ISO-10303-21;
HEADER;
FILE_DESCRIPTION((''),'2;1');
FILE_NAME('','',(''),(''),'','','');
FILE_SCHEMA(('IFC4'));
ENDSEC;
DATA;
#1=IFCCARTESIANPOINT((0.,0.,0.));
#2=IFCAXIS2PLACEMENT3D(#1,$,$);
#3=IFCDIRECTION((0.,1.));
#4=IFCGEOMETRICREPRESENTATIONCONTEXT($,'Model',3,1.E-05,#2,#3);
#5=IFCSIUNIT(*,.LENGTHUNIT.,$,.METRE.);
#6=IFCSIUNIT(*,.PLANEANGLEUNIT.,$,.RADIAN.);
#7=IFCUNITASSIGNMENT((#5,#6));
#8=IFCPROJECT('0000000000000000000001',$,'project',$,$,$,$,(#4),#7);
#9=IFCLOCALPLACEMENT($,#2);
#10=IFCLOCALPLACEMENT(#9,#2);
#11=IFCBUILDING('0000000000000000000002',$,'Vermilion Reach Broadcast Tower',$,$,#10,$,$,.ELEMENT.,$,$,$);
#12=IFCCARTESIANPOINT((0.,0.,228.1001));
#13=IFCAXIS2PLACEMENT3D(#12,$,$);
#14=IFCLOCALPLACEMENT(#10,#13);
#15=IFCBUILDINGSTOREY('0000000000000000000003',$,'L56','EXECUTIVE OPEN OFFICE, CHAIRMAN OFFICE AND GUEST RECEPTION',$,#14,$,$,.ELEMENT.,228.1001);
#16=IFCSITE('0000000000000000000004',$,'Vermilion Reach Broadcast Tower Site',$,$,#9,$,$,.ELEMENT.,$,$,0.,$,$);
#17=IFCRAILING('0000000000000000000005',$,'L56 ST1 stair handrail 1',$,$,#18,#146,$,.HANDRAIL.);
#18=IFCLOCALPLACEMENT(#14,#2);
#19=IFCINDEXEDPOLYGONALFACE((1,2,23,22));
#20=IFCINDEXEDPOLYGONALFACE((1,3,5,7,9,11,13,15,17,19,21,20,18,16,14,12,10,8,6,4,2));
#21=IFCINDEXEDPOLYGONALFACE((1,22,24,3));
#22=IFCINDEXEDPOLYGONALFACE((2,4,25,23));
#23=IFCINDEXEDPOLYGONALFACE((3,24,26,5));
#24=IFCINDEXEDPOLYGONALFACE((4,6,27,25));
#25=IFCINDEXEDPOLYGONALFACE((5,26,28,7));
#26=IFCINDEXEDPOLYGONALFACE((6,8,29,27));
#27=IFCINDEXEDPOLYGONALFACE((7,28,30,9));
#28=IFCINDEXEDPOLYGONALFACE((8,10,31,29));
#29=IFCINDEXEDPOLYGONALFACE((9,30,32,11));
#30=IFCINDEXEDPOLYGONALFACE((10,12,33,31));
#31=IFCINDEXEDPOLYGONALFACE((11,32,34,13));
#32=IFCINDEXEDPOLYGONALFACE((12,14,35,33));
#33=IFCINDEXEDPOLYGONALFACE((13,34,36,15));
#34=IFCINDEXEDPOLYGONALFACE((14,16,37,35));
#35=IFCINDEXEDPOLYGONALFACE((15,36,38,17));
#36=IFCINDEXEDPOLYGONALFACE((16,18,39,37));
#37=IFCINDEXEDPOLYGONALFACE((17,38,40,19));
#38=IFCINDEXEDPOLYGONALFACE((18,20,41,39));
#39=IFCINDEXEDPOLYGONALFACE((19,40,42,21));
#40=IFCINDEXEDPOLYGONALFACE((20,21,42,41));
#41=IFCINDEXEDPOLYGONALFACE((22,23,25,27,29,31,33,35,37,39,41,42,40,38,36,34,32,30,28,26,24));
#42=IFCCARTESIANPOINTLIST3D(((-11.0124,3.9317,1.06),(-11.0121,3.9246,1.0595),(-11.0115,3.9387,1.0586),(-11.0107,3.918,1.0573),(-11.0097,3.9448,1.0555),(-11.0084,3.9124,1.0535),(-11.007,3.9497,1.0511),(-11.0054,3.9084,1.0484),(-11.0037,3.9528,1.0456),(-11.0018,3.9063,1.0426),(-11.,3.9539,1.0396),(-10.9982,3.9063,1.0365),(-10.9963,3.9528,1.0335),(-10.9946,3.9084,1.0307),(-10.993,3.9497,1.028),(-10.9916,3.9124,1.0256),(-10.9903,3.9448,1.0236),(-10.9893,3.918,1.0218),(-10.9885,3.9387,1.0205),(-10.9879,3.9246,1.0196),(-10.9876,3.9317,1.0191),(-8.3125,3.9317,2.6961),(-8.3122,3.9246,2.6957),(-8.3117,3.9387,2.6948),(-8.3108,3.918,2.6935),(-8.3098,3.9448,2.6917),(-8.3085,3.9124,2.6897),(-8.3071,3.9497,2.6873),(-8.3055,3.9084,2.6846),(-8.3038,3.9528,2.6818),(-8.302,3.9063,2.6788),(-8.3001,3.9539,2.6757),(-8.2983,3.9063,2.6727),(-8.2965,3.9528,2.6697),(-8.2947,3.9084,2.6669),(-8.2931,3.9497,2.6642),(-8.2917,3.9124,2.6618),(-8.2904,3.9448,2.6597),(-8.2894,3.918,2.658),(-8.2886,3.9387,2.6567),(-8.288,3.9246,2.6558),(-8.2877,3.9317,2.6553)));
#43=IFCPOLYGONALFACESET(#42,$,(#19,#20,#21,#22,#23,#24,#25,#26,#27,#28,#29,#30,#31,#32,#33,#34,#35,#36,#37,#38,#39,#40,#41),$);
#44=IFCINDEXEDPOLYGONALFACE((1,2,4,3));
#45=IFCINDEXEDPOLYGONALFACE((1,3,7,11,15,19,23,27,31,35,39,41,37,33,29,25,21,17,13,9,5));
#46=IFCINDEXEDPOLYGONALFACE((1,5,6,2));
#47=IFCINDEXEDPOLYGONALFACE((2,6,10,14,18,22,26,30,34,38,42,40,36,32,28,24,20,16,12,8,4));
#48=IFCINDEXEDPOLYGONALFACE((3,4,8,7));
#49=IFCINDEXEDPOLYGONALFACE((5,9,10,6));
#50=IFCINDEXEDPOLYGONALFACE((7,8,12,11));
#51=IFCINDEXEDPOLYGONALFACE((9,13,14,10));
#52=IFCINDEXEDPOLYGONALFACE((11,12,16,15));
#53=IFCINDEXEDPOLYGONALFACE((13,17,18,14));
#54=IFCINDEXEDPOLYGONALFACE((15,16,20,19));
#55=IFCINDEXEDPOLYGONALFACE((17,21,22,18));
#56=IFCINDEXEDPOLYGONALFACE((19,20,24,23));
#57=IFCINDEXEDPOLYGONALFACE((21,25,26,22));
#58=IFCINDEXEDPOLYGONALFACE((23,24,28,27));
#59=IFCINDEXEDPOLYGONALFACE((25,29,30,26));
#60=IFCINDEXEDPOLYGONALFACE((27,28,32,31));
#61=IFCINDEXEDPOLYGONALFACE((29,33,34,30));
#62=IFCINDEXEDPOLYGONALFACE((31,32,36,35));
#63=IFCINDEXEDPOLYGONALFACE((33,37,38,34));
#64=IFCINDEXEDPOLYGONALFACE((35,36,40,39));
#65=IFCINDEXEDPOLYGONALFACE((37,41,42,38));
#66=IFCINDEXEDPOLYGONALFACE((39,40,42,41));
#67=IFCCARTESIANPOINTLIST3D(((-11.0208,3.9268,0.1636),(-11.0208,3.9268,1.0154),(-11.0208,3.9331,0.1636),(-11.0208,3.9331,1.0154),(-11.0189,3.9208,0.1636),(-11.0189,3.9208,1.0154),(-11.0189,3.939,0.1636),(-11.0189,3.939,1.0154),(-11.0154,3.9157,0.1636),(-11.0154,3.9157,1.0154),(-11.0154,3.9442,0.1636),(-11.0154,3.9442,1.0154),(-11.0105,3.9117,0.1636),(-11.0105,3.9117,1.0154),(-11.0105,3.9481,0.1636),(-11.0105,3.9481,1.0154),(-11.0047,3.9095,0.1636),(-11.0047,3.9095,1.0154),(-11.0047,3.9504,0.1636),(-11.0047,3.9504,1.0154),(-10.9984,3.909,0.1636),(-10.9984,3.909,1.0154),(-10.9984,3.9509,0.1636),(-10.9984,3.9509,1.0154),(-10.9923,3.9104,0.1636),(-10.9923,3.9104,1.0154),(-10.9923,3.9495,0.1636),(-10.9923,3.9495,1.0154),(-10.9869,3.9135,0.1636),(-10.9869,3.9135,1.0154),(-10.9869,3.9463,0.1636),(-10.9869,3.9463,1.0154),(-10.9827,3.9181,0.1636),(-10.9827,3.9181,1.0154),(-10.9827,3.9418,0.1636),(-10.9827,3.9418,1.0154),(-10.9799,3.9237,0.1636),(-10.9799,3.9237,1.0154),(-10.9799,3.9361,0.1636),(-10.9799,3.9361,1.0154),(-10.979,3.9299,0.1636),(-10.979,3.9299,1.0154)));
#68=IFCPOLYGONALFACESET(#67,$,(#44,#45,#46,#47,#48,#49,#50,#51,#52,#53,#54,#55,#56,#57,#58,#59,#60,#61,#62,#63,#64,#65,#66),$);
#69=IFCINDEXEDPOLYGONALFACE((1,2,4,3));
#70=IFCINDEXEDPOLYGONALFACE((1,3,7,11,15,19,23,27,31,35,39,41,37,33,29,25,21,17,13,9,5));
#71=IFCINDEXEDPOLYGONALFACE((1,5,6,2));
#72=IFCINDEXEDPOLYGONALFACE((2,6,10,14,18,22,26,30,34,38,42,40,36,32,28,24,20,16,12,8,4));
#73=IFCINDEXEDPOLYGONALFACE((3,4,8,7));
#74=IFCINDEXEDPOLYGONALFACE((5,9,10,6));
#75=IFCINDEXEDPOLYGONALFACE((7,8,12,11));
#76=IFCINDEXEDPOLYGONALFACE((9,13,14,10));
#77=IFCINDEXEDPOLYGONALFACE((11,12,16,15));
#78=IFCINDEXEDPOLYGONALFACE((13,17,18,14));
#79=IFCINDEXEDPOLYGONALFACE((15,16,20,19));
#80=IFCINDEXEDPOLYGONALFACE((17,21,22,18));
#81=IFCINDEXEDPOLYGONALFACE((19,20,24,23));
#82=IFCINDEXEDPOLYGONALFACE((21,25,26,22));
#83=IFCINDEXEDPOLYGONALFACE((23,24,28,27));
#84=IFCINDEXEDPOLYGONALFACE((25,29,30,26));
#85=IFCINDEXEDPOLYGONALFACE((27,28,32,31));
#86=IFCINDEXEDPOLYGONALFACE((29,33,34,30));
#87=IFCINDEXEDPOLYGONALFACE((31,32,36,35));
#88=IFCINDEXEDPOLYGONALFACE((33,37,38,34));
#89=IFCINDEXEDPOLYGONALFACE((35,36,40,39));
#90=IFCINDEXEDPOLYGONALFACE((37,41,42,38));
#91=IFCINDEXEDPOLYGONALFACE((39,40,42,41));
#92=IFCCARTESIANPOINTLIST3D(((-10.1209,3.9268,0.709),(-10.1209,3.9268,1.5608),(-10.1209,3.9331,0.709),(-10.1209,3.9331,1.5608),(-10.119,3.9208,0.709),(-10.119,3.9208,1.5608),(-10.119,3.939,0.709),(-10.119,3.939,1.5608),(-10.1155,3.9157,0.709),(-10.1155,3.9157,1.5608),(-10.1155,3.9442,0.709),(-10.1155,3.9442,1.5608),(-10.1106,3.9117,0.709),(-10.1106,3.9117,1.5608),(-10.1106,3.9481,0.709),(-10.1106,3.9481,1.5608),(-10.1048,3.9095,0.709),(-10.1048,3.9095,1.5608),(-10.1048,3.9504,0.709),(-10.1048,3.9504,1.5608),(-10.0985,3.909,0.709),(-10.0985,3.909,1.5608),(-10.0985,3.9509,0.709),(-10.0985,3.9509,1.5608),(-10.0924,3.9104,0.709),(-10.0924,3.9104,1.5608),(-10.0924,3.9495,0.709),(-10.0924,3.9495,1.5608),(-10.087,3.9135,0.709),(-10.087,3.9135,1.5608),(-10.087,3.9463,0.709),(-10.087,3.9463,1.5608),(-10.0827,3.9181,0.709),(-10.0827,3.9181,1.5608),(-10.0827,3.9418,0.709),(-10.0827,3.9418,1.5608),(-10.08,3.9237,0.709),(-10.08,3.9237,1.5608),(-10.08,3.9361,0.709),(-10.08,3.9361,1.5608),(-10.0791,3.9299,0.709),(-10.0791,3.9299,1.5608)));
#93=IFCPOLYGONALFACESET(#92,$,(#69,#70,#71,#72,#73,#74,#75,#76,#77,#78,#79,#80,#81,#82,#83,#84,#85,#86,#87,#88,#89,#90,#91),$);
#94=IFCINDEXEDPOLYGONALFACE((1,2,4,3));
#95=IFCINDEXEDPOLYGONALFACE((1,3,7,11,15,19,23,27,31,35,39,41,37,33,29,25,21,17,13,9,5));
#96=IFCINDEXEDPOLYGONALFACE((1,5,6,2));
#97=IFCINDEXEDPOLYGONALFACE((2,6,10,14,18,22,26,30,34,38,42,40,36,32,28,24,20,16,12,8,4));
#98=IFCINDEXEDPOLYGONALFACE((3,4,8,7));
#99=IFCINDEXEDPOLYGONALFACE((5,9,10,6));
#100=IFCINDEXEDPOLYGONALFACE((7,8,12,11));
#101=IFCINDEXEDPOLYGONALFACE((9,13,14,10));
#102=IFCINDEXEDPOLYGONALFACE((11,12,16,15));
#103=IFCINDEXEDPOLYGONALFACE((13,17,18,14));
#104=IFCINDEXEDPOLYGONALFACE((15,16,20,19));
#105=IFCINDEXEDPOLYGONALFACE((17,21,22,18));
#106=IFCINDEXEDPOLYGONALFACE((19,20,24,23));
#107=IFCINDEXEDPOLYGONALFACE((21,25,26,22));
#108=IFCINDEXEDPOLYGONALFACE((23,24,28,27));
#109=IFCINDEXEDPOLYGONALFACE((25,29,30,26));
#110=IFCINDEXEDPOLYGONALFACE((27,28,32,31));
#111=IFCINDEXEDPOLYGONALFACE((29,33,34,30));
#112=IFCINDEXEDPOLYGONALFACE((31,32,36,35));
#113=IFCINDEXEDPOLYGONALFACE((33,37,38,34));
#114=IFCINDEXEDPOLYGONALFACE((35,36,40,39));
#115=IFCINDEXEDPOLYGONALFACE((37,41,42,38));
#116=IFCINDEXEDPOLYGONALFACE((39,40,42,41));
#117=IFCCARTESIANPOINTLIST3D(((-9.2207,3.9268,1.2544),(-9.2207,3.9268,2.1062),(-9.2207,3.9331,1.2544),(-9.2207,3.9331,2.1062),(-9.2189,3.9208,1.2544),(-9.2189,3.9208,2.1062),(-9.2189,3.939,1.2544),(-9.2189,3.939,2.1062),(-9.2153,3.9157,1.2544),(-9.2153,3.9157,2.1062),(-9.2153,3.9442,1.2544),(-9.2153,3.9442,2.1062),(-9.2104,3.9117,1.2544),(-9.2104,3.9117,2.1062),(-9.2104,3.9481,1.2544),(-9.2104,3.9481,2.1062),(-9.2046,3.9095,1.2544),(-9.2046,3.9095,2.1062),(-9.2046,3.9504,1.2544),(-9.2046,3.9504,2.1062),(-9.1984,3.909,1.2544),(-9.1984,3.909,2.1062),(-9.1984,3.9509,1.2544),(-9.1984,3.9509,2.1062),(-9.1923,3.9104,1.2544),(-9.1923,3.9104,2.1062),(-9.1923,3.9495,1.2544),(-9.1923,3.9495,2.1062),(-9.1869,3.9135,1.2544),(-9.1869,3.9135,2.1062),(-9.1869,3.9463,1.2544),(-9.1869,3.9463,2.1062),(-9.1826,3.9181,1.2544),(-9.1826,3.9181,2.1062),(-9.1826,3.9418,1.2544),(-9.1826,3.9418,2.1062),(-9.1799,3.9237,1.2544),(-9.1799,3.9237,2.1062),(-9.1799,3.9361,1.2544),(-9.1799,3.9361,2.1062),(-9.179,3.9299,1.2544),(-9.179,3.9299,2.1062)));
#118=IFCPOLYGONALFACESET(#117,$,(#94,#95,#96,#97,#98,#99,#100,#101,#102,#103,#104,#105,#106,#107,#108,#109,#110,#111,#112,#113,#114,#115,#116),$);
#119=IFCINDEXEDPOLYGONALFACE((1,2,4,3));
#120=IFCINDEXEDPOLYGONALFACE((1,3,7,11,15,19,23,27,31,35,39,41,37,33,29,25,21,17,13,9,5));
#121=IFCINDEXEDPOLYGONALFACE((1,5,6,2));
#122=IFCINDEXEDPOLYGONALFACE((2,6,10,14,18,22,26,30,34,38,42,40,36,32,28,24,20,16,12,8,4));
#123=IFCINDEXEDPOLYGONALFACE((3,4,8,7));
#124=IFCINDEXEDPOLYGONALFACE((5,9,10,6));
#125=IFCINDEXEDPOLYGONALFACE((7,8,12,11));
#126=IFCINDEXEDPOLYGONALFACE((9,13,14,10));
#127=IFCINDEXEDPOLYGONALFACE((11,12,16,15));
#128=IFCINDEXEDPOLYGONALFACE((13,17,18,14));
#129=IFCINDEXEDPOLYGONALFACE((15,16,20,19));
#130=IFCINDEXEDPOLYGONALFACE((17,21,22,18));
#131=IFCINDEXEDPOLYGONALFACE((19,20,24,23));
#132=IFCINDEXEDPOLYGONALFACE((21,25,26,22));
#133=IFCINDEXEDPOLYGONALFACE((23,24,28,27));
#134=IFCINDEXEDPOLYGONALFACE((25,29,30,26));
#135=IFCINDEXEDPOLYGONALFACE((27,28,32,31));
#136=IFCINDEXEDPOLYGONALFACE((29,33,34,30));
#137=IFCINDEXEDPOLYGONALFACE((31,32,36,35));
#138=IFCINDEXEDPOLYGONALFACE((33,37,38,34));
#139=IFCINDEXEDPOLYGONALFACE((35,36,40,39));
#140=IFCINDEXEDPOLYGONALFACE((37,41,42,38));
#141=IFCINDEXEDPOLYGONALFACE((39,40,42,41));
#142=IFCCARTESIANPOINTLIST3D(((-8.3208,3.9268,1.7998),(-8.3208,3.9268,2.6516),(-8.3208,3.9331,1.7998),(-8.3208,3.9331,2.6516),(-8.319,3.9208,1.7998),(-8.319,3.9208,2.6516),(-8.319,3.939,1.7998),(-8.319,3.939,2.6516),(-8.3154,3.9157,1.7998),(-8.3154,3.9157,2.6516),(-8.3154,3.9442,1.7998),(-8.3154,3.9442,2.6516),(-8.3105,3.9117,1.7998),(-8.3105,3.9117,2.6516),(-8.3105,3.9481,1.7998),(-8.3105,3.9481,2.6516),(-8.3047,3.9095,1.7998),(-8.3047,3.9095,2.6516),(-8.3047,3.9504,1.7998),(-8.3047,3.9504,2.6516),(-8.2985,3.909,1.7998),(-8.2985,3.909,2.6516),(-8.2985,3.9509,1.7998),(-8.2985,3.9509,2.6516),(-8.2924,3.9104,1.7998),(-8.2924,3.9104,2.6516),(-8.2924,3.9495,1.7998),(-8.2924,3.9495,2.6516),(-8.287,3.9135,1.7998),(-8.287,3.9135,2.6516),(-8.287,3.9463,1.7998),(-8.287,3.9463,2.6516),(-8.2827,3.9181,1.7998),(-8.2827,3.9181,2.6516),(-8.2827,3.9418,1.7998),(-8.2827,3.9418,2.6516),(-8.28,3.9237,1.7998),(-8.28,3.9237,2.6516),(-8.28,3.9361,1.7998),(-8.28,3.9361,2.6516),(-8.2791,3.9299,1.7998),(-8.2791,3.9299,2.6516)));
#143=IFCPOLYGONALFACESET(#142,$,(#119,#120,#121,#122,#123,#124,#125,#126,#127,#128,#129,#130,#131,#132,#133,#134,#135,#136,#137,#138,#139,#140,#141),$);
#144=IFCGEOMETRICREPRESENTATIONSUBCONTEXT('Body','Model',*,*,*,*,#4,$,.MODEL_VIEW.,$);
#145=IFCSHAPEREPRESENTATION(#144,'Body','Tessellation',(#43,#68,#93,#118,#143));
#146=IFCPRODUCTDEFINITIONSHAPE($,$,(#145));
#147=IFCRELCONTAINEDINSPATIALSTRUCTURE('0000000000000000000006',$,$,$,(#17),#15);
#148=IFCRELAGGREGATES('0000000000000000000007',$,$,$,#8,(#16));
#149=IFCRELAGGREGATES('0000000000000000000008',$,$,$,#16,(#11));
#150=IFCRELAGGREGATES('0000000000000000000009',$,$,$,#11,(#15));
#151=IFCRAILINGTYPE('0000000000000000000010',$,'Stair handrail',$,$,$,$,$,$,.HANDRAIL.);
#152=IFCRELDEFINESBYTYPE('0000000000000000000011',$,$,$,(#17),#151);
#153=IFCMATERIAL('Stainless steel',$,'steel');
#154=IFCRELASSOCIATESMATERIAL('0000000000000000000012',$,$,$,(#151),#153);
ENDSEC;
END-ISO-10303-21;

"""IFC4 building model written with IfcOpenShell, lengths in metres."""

from ifc_helpers import new_model, si_unit, direction, frame, origin, origin_2d, place, context, subcontext, project, spatial, circle, extrude, material, type_object, element, save


model = new_model("IFC4")

# Units and contexts
model_context = context("Model", 3, precision=1e-05, world=origin(), true_north=direction((0.0, 1.0)))
body_context = subcontext(model_context, "Body", "Model", "MODEL_VIEW")
ifc_project = project(units=[si_unit("LENGTHUNIT", "METRE"), si_unit("PLANEANGLEUNIT", "RADIAN")], contexts=[model_context])

# Site, building, storey
site_placement = place(None, origin())
site = spatial("IfcSite", under=ifc_project, at=site_placement, Name="Vermilion Reach Broadcast Tower Site", CompositionType="ELEMENT", RefElevation=0.0)
building_placement = place(site_placement, origin())
building = spatial("IfcBuilding", under=site, at=building_placement, Name="Vermilion Reach Broadcast Tower", CompositionType="ELEMENT")
storey_placement = place(building_placement, frame((0.0, 0.0, 228.1001)))
storey = spatial("IfcBuildingStorey", under=building, at=storey_placement, Name="L56", Description="EXECUTIVE OPEN OFFICE, CHAIRMAN OFFICE AND GUEST RECEPTION", CompositionType="ELEMENT", Elevation=228.1001)

# Railing
ifc_material_1 = material(Name="Stainless steel", Category="steel")
railing_type_1 = type_object("IfcRailingType", Name="Stair handrail", PredefinedType="HANDRAIL", material=ifc_material_1)
railing_1_placement = place(storey_placement, frame((-11.0, 3.9299, 0.1636)))
element("IfcRailing", 1, at=railing_1_placement, inside=storey, type_object=railing_type_1, Name="L56 ST1 stair handrail 1", PredefinedType="HANDRAIL", context=body_context, shape_type="SweptSolid", body=[
    extrude(circle(Radius=0.0239, at=origin_2d()), frame((0.0, 0.0, 0.876), z_axis=(0.855212, 0.0, 0.518278), x_axis=(0.0, 1.0, 0.0)), (0.0, 0.0, 1.0), 3.157),
    extrude(circle(Radius=0.021, at=origin_2d()), origin(), (0.0, 0.0, 1.0), 0.8518),
    extrude(circle(Radius=0.021, at=origin_2d()), frame((0.8999, 0.0, 0.5454)), (0.0, 0.0, 1.0), 0.8518),
    extrude(circle(Radius=0.021, at=origin_2d()), frame((1.8, 0.0, 1.0908)), (0.0, 0.0, 1.0), 0.8518),
    extrude(circle(Radius=0.021, at=origin_2d()), frame((2.7, 0.0, 1.6362)), (0.0, 0.0, 1.0), 0.8518),
])

save(model, "model.ifc")
